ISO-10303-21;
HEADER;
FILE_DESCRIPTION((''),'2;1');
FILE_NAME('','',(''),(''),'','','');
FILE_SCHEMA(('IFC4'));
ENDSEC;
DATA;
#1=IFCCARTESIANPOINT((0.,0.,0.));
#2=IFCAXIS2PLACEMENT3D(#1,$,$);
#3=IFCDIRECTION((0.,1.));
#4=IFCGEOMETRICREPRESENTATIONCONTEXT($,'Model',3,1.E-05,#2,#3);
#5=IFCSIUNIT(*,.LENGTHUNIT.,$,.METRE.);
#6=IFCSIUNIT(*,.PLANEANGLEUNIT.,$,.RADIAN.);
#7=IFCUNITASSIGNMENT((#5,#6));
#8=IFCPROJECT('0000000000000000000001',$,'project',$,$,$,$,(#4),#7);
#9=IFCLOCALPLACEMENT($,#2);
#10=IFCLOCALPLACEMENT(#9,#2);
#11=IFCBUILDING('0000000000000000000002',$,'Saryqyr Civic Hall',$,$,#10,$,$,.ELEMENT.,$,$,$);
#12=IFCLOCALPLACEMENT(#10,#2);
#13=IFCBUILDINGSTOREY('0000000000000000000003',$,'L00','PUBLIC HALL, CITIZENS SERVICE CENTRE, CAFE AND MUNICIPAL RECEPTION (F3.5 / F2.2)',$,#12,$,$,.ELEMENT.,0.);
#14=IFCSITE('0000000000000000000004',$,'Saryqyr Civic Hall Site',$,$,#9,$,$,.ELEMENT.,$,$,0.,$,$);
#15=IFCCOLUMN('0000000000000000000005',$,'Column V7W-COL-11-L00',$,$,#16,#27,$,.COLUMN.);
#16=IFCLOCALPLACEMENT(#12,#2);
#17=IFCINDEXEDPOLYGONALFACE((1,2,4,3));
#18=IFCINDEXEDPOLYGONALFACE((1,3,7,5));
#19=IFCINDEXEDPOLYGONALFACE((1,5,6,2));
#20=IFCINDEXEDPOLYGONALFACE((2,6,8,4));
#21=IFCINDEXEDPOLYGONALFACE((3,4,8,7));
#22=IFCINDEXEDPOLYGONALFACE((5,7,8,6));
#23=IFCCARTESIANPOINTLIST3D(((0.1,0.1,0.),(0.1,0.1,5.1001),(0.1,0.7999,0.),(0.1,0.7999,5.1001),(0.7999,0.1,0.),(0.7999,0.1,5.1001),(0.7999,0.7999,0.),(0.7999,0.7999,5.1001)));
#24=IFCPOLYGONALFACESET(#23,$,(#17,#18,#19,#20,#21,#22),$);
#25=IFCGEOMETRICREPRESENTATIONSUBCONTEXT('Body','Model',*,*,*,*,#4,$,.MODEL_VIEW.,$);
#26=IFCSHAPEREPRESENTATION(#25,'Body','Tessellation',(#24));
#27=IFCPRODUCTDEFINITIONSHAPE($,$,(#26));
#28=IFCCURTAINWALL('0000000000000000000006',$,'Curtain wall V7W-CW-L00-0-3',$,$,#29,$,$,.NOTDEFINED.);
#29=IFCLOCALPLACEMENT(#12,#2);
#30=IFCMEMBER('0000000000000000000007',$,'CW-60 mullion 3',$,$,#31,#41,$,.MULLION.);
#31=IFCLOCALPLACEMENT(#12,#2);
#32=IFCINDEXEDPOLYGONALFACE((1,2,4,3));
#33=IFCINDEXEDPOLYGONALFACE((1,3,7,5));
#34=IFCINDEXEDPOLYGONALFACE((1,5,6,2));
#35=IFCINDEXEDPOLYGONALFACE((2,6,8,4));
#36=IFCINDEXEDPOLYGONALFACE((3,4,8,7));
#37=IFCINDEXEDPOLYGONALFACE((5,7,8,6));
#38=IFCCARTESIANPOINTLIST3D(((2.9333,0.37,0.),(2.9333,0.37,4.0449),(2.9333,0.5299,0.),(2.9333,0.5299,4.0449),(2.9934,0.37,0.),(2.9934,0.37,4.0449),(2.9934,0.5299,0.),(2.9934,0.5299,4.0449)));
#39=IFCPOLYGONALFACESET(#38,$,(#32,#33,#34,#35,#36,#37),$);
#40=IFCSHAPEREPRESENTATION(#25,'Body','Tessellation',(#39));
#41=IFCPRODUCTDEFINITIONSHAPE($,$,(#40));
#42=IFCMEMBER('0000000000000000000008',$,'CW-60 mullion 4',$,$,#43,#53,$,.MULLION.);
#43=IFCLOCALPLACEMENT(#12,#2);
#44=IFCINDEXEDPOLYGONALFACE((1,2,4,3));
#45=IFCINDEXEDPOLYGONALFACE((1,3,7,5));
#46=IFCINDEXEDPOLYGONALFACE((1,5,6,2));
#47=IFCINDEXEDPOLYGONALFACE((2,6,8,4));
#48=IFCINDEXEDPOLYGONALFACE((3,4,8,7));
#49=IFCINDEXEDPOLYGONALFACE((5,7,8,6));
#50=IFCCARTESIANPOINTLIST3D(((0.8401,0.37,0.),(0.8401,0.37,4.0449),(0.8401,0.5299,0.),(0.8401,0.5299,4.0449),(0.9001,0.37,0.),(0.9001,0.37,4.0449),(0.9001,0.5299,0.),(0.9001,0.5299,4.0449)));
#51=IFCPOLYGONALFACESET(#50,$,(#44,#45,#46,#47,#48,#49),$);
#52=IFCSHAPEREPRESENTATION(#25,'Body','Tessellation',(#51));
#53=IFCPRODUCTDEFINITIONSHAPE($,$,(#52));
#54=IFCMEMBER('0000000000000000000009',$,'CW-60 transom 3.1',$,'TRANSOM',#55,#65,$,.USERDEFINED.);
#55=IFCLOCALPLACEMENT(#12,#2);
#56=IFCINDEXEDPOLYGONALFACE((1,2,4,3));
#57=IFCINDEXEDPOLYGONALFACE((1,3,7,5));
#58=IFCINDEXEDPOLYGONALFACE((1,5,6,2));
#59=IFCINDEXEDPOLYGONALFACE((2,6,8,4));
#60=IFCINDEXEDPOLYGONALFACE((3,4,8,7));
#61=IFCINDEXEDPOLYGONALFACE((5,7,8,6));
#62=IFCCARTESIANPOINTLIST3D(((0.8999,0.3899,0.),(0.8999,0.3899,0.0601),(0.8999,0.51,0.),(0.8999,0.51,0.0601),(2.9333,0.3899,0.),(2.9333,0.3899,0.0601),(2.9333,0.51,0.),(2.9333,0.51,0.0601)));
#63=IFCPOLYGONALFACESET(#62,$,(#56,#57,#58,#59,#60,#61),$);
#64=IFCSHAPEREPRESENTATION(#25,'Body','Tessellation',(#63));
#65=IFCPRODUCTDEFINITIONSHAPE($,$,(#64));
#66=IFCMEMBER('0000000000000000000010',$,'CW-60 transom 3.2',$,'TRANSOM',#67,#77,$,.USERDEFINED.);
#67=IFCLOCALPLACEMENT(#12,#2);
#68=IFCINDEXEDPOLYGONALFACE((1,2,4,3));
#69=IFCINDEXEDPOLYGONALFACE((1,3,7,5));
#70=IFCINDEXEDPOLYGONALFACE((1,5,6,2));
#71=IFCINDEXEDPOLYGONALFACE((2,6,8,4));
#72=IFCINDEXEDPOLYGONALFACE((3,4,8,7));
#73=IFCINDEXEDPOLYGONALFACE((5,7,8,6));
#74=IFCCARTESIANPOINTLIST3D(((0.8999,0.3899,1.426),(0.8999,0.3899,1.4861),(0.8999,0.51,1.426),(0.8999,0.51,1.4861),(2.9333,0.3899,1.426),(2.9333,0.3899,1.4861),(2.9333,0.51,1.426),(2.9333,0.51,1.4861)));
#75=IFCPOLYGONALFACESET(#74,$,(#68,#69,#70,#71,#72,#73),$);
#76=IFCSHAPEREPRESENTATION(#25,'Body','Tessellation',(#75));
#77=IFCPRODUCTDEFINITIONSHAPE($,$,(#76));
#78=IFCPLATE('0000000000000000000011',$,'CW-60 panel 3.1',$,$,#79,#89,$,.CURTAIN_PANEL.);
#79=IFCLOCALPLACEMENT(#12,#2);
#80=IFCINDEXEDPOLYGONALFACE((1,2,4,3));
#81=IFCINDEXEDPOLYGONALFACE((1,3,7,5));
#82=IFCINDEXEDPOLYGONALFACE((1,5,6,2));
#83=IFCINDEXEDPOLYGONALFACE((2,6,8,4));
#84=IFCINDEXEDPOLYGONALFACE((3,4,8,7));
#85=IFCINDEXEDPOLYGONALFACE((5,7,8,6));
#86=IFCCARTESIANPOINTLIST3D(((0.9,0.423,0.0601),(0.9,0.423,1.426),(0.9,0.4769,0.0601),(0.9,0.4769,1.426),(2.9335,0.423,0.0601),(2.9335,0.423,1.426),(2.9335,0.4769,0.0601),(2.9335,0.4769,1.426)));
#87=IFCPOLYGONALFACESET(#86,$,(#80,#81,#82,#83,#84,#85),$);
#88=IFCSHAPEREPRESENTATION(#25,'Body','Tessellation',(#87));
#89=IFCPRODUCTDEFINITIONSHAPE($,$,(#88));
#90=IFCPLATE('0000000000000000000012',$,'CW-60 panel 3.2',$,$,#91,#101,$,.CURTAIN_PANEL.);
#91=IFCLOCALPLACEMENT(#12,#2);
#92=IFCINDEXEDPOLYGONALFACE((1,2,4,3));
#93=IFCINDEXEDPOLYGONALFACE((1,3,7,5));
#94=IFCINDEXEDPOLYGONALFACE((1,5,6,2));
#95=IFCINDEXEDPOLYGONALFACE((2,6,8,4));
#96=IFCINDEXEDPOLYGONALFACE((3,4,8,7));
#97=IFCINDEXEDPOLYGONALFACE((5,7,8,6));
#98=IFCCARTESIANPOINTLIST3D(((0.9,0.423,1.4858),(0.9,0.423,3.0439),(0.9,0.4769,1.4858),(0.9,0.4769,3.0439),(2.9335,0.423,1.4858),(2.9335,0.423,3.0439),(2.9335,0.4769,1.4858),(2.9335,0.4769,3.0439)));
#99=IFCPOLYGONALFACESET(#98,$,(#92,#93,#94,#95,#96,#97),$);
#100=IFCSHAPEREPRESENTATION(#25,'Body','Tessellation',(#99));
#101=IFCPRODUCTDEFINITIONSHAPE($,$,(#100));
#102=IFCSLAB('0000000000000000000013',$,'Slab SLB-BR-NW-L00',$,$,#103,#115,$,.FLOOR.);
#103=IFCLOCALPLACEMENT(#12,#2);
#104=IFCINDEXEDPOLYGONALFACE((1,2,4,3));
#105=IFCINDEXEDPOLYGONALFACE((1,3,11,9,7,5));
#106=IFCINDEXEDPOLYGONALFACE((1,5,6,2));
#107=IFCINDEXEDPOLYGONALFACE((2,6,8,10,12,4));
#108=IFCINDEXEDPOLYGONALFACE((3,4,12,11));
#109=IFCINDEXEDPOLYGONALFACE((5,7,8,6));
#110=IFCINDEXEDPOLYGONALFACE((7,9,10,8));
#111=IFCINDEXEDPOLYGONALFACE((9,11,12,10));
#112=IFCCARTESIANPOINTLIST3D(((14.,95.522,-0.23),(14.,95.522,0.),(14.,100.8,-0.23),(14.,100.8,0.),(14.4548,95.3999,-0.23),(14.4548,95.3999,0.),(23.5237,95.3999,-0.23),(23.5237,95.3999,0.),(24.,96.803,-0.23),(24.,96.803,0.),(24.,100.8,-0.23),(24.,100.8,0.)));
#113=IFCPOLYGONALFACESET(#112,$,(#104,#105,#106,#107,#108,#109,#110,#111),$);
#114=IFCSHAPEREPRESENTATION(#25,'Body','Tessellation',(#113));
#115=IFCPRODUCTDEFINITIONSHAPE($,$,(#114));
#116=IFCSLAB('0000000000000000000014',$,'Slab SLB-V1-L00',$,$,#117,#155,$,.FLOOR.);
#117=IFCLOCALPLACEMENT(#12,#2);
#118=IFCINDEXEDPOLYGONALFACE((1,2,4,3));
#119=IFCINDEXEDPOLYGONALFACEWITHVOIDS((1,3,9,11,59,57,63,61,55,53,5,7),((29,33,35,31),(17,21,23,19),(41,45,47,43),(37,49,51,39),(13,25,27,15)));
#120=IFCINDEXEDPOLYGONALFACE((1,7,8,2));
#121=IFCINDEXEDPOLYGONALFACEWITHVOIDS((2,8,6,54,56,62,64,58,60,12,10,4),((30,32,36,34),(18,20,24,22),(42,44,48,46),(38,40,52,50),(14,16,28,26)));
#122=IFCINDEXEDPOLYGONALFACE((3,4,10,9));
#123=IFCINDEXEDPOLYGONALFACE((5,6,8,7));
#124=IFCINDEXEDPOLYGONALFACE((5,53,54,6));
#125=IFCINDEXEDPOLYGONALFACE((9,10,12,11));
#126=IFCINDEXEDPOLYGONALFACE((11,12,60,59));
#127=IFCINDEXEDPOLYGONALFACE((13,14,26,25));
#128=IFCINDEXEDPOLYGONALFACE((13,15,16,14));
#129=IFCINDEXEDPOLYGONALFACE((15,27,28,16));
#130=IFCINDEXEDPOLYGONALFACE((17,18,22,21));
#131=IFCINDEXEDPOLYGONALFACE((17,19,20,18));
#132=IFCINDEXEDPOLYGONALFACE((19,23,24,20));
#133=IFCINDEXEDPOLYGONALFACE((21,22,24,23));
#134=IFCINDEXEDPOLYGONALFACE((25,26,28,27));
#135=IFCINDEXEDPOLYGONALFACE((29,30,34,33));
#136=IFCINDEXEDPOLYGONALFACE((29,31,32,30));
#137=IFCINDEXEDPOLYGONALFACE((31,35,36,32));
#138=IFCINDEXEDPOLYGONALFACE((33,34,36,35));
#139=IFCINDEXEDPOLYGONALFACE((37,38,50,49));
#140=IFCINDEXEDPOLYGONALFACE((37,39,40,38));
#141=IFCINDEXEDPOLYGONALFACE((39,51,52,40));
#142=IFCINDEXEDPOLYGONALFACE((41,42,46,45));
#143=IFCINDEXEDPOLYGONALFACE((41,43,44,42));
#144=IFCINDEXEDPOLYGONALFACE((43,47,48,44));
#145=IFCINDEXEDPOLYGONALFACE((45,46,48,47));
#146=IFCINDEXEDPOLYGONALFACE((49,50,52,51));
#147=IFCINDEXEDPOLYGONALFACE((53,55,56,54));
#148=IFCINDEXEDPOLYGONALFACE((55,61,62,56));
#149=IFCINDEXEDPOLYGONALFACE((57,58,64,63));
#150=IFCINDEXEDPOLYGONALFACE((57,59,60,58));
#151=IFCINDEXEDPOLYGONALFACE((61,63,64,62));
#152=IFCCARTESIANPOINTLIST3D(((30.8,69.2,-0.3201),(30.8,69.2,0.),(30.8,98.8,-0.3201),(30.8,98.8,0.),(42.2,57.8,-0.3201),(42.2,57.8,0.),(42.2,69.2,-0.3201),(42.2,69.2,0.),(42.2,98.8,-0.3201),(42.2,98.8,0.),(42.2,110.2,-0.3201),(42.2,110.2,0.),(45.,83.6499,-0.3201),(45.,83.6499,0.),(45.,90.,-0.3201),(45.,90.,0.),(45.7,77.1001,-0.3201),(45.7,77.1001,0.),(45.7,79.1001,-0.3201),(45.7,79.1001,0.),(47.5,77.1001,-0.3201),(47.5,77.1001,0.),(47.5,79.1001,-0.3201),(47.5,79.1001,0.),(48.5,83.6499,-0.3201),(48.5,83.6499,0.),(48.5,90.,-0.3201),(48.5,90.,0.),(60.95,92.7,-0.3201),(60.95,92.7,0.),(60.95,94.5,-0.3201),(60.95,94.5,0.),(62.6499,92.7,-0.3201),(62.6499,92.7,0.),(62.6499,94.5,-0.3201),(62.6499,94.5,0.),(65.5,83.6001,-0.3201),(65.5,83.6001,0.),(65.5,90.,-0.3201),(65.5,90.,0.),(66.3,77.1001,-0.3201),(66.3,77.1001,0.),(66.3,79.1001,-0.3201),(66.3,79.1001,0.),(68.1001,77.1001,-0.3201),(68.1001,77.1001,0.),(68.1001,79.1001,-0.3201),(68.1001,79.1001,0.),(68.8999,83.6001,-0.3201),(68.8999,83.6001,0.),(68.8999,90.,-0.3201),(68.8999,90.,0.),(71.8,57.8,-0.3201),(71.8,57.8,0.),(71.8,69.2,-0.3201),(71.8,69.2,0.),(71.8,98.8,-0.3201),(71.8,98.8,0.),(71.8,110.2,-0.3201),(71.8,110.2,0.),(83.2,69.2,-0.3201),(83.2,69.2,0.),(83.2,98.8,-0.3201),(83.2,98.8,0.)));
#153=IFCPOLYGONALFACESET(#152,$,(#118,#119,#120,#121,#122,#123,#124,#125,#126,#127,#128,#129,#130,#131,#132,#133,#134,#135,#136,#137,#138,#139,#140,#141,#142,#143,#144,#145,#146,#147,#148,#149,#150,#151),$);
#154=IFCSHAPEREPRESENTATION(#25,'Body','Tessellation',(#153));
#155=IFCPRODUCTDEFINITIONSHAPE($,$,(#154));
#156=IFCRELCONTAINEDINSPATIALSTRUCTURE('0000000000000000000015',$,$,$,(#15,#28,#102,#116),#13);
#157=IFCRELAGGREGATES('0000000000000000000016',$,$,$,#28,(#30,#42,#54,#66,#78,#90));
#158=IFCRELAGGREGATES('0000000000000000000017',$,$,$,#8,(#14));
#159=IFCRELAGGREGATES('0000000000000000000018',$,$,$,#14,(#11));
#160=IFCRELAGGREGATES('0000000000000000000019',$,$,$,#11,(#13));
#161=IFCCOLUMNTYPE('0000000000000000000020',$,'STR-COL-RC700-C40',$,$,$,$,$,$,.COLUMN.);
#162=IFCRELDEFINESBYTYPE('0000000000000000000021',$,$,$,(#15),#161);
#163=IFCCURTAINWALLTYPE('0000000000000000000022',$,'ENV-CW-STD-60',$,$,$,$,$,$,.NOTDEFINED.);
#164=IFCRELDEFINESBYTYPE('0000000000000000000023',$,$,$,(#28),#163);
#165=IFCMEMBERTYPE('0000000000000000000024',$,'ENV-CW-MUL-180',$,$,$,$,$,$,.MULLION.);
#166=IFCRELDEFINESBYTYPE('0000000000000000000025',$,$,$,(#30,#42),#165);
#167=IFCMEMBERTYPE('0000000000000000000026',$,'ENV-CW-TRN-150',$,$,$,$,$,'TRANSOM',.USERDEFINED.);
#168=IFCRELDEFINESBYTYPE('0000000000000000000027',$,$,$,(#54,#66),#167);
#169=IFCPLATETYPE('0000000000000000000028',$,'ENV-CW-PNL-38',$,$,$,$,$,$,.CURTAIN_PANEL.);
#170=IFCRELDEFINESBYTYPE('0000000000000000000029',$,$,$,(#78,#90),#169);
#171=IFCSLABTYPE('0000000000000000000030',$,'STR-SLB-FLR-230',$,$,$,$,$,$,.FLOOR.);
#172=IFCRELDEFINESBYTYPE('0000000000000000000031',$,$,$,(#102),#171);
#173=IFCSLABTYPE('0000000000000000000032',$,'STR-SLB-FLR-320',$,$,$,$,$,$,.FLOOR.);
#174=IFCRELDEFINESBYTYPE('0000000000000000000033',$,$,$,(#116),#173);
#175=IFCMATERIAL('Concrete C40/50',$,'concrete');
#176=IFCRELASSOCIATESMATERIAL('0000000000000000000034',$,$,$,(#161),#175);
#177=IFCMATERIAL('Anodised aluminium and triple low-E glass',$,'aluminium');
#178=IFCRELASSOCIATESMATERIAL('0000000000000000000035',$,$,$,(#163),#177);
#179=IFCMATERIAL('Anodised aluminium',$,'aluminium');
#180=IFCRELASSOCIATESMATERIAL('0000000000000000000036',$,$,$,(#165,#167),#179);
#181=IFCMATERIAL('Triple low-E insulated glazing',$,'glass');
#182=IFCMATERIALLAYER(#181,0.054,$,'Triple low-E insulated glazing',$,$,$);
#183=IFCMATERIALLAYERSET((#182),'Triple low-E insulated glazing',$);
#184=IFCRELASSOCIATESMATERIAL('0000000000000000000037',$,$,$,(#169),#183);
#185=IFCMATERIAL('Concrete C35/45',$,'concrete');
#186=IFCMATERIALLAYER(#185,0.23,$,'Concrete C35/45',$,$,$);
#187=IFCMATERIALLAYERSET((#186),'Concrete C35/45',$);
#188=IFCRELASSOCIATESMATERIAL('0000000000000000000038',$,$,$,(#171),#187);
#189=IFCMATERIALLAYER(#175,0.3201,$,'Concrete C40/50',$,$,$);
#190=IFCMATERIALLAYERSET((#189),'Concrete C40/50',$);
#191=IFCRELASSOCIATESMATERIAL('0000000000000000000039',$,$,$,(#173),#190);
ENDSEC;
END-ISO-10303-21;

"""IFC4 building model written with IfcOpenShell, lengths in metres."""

from ifc_helpers import new_model, si_unit, direction, frame, origin, origin_2d, place, context, subcontext, project, spatial, polyline, rectangle, outline, extrude, material, layer, layer_set, material_profile, profile_set, type_object, element, aggregate, save


model = new_model("IFC4")

# Units and contexts
model_context = context("Model", 3, precision=1e-05, world=origin(), true_north=direction((0.0, 1.0)))
body_context = subcontext(model_context, "Body", "Model", "MODEL_VIEW")
ifc_project = project(units=[si_unit("LENGTHUNIT", "METRE"), si_unit("PLANEANGLEUNIT", "RADIAN")], contexts=[model_context])

# Site, building, storey
site_placement = place(None, origin())
site = spatial("IfcSite", under=ifc_project, at=site_placement, Name="Saryqyr Civic Hall Site", CompositionType="ELEMENT", RefElevation=0.0)
building_placement = place(site_placement, origin())
building = spatial("IfcBuilding", under=site, at=building_placement, Name="Saryqyr Civic Hall", CompositionType="ELEMENT")
storey_placement = place(building_placement, origin())
storey = spatial("IfcBuildingStorey", under=building, at=storey_placement, Name="L00", Description="PUBLIC HALL, CITIZENS SERVICE CENTRE, CAFE AND MUNICIPAL RECEPTION (F3.5 / F2.2)", CompositionType="ELEMENT", Elevation=0.0)

# Column
ifc_material_1 = material(Name="Concrete C40/50", Category="concrete")
ifc_material_profile_1 = material_profile(ifc_material_1, rectangle(XDim=0.7, YDim=0.7, at=origin_2d()), Name="RC 700x700")
ifc_profile_set_1 = profile_set([ifc_material_profile_1], Name="Concrete C40/50")
column_type = type_object("IfcColumnType", Name="STR-COL-RC700-C40", PredefinedType="COLUMN", material=ifc_profile_set_1)
column_placement = place(storey_placement, frame((0.45, 0.45, 0.0), z_axis=(0.0, 0.0, 1.0), x_axis=(1.0, 0.0, 0.0)))
element("IfcColumn", 1, at=column_placement, inside=storey, type_object=column_type, Name="Column V7W-COL-11-L00", PredefinedType="COLUMN", context=body_context, shape_type="SweptSolid", body=[
    extrude(rectangle(XDim=0.7, YDim=0.7, at=origin_2d()), origin(), (0.0, 0.0, 1.0), 5.1001),
])

# Curtain wall, members, plates
ifc_material_2 = material(Name="Anodised aluminium and triple low-E glass", Category="aluminium")
curtain_wall_type = type_object("IfcCurtainWallType", Name="ENV-CW-STD-60", PredefinedType="NOTDEFINED", material=ifc_material_2)
curtain_wall_placement = place(storey_placement, origin())
curtain_wall = element("IfcCurtainWall", 2, at=curtain_wall_placement, inside=storey, type_object=curtain_wall_type, Name="Curtain wall V7W-CW-L00-0-3", PredefinedType="NOTDEFINED")
ifc_material_3 = material(Name="Anodised aluminium", Category="aluminium")
ifc_material_profile_2 = material_profile(ifc_material_3, rectangle(XDim=0.0601, YDim=0.1599, at=origin_2d()), Name="ALU MULLION 60x160")
ifc_profile_set_2 = profile_set([ifc_material_profile_2], Name="Anodised aluminium")
member_type_1 = type_object("IfcMemberType", Name="ENV-CW-MUL-180", PredefinedType="MULLION", material=ifc_profile_set_2)
member_1_placement = place(storey_placement, frame((2.9634, 0.45, 0.0), z_axis=(0.0, 0.0, 1.0), x_axis=(-1.0, 0.0, 0.0)))
member_1 = element("IfcMember", 3, at=member_1_placement, type_object=member_type_1, Name="CW-60 mullion 3", PredefinedType="MULLION", context=body_context, shape_type="SweptSolid", body=[
    extrude(rectangle(XDim=0.0601, YDim=0.1599, at=origin_2d()), origin(), (0.0, 0.0, 1.0), 4.0449),
])
member_2_placement = place(storey_placement, frame((0.8701, 0.45, 0.0), z_axis=(0.0, 0.0, 1.0), x_axis=(-1.0, 0.0, 0.0)))
member_2 = element("IfcMember", 4, at=member_2_placement, type_object=member_type_1, Name="CW-60 mullion 4", PredefinedType="MULLION", context=body_context, shape_type="SweptSolid", body=[
    extrude(rectangle(XDim=0.0601, YDim=0.1599, at=origin_2d()), origin(), (0.0, 0.0, 1.0), 4.0449),
])
ifc_material_profile_3 = material_profile(ifc_material_3, rectangle(XDim=0.1201, YDim=0.0601, at=origin_2d()), Name="ALU TRANSOM 120x60")
ifc_profile_set_3 = profile_set([ifc_material_profile_3], Name="Anodised aluminium")
member_type_2 = type_object("IfcMemberType", Name="ENV-CW-TRN-150", ElementType="TRANSOM", PredefinedType="USERDEFINED", material=ifc_profile_set_3)
member_3_placement = place(storey_placement, frame((2.9333, 0.45, 0.03), z_axis=(-1.0, 0.0, 0.0), x_axis=(0.0, -1.0, 0.0)))
member_3 = element("IfcMember", 5, at=member_3_placement, type_object=member_type_2, Name="CW-60 transom 3.1", ObjectType="TRANSOM", PredefinedType="USERDEFINED", context=body_context, shape_type="SweptSolid", body=[
    extrude(rectangle(XDim=0.1201, YDim=0.0601, at=origin_2d()), origin(), (0.0, 0.0, 1.0), 2.0334),
])
member_4_placement = place(storey_placement, frame((2.9333, 0.45, 1.4561), z_axis=(-1.0, 0.0, 0.0), x_axis=(0.0, -1.0, 0.0)))
member_4 = element("IfcMember", 6, at=member_4_placement, type_object=member_type_2, Name="CW-60 transom 3.2", ObjectType="TRANSOM", PredefinedType="USERDEFINED", context=body_context, shape_type="SweptSolid", body=[
    extrude(rectangle(XDim=0.1201, YDim=0.0601, at=origin_2d()), origin(), (0.0, 0.0, 1.0), 2.0334),
])
ifc_material_4 = material(Name="Triple low-E insulated glazing", Category="glass")
ifc_layer_1 = layer(ifc_material_4, 0.054, Name="Triple low-E insulated glazing")
ifc_layer_set_1 = layer_set([ifc_layer_1], Name="Triple low-E insulated glazing")
plate_type = type_object("IfcPlateType", Name="ENV-CW-PNL-38", PredefinedType="CURTAIN_PANEL", material=ifc_layer_set_1)
plate_1_placement = place(storey_placement, frame((1.9167, 0.45, 0.0601), z_axis=(0.0, 0.0, 1.0), x_axis=(-1.0, 0.0, 0.0)))
plate_1 = element("IfcPlate", 7, at=plate_1_placement, type_object=plate_type, Name="CW-60 panel 3.1", PredefinedType="CURTAIN_PANEL", context=body_context, shape_type="SweptSolid", body=[
    extrude(rectangle(XDim=2.0334, YDim=0.054, at=origin_2d()), origin(), (0.0, 0.0, 1.0), 1.366),
])
plate_2_placement = place(storey_placement, frame((1.9167, 0.45, 1.4858), z_axis=(0.0, 0.0, 1.0), x_axis=(-1.0, 0.0, 0.0)))
plate_2 = element("IfcPlate", 8, at=plate_2_placement, type_object=plate_type, Name="CW-60 panel 3.2", PredefinedType="CURTAIN_PANEL", context=body_context, shape_type="SweptSolid", body=[
    extrude(rectangle(XDim=2.0334, YDim=0.054, at=origin_2d()), origin(), (0.0, 0.0, 1.0), 1.5581),
])
aggregate(curtain_wall, [member_1, member_2, member_3, member_4, plate_1, plate_2])

# Slabs
ifc_material_5 = material(Name="Concrete C35/45", Category="concrete")
ifc_layer_2 = layer(ifc_material_5, 0.23, Name="Concrete C35/45")
ifc_layer_set_2 = layer_set([ifc_layer_2], Name="Concrete C35/45")
slab_type_1 = type_object("IfcSlabType", Name="STR-SLB-FLR-230", PredefinedType="FLOOR", material=ifc_layer_set_2)
slab_1_placement = place(storey_placement, frame((0.0, 0.0, -0.23)))
element("IfcSlab", 9, at=slab_1_placement, inside=storey, type_object=slab_type_1, Name="Slab SLB-BR-NW-L00", PredefinedType="FLOOR", context=body_context, shape_type="SweptSolid", body=[
    extrude(outline(polyline([(24.0, 96.803), (23.5237, 95.3999), (14.4548, 95.3999), (14.0, 95.522), (14.0, 100.8), (24.0, 100.8), (24.0, 96.803)])), origin(), (0.0, 0.0, 1.0), 0.23),
])
ifc_layer_3 = layer(ifc_material_1, 0.3201, Name="Concrete C40/50")
ifc_layer_set_3 = layer_set([ifc_layer_3], Name="Concrete C40/50")
slab_type_2 = type_object("IfcSlabType", Name="STR-SLB-FLR-320", PredefinedType="FLOOR", material=ifc_layer_set_3)
slab_2_placement = place(storey_placement, frame((0.0, 0.0, -0.3201)))
element("IfcSlab", 10, at=slab_2_placement, inside=storey, type_object=slab_type_2, Name="Slab SLB-V1-L00", PredefinedType="FLOOR", context=body_context, shape_type="SweptSolid", body=[
    extrude(outline(polyline([(30.8, 69.2), (30.8, 98.8), (42.2, 98.8), (42.2, 110.2), (71.8, 110.2), (71.8, 98.8), (83.2, 98.8), (83.2, 69.2), (71.8, 69.2), (71.8, 57.8), (42.2, 57.8), (42.2, 69.2), (30.8, 69.2)]), holes=[polyline([(47.5, 79.1001), (45.7, 79.1001), (45.7, 77.1001), (47.5, 77.1001), (47.5, 79.1001)]), polyline([(68.1001, 79.1001), (66.3, 79.1001), (66.3, 77.1001), (68.1001, 77.1001), (68.1001, 79.1001)]), polyline([(68.8999, 90.0), (65.5, 90.0), (65.5, 83.6001), (68.8999, 83.6001), (68.8999, 90.0)]), polyline([(48.5, 90.0), (45.0, 90.0), (45.0, 83.6499), (48.5, 83.6499), (48.5, 90.0)]), polyline([(62.6499, 94.5), (60.95, 94.5), (60.95, 92.7), (62.6499, 92.7), (62.6499, 94.5)])]), origin(), (0.0, 0.0, 1.0), 0.3201),
])

save(model, "model.ifc")
